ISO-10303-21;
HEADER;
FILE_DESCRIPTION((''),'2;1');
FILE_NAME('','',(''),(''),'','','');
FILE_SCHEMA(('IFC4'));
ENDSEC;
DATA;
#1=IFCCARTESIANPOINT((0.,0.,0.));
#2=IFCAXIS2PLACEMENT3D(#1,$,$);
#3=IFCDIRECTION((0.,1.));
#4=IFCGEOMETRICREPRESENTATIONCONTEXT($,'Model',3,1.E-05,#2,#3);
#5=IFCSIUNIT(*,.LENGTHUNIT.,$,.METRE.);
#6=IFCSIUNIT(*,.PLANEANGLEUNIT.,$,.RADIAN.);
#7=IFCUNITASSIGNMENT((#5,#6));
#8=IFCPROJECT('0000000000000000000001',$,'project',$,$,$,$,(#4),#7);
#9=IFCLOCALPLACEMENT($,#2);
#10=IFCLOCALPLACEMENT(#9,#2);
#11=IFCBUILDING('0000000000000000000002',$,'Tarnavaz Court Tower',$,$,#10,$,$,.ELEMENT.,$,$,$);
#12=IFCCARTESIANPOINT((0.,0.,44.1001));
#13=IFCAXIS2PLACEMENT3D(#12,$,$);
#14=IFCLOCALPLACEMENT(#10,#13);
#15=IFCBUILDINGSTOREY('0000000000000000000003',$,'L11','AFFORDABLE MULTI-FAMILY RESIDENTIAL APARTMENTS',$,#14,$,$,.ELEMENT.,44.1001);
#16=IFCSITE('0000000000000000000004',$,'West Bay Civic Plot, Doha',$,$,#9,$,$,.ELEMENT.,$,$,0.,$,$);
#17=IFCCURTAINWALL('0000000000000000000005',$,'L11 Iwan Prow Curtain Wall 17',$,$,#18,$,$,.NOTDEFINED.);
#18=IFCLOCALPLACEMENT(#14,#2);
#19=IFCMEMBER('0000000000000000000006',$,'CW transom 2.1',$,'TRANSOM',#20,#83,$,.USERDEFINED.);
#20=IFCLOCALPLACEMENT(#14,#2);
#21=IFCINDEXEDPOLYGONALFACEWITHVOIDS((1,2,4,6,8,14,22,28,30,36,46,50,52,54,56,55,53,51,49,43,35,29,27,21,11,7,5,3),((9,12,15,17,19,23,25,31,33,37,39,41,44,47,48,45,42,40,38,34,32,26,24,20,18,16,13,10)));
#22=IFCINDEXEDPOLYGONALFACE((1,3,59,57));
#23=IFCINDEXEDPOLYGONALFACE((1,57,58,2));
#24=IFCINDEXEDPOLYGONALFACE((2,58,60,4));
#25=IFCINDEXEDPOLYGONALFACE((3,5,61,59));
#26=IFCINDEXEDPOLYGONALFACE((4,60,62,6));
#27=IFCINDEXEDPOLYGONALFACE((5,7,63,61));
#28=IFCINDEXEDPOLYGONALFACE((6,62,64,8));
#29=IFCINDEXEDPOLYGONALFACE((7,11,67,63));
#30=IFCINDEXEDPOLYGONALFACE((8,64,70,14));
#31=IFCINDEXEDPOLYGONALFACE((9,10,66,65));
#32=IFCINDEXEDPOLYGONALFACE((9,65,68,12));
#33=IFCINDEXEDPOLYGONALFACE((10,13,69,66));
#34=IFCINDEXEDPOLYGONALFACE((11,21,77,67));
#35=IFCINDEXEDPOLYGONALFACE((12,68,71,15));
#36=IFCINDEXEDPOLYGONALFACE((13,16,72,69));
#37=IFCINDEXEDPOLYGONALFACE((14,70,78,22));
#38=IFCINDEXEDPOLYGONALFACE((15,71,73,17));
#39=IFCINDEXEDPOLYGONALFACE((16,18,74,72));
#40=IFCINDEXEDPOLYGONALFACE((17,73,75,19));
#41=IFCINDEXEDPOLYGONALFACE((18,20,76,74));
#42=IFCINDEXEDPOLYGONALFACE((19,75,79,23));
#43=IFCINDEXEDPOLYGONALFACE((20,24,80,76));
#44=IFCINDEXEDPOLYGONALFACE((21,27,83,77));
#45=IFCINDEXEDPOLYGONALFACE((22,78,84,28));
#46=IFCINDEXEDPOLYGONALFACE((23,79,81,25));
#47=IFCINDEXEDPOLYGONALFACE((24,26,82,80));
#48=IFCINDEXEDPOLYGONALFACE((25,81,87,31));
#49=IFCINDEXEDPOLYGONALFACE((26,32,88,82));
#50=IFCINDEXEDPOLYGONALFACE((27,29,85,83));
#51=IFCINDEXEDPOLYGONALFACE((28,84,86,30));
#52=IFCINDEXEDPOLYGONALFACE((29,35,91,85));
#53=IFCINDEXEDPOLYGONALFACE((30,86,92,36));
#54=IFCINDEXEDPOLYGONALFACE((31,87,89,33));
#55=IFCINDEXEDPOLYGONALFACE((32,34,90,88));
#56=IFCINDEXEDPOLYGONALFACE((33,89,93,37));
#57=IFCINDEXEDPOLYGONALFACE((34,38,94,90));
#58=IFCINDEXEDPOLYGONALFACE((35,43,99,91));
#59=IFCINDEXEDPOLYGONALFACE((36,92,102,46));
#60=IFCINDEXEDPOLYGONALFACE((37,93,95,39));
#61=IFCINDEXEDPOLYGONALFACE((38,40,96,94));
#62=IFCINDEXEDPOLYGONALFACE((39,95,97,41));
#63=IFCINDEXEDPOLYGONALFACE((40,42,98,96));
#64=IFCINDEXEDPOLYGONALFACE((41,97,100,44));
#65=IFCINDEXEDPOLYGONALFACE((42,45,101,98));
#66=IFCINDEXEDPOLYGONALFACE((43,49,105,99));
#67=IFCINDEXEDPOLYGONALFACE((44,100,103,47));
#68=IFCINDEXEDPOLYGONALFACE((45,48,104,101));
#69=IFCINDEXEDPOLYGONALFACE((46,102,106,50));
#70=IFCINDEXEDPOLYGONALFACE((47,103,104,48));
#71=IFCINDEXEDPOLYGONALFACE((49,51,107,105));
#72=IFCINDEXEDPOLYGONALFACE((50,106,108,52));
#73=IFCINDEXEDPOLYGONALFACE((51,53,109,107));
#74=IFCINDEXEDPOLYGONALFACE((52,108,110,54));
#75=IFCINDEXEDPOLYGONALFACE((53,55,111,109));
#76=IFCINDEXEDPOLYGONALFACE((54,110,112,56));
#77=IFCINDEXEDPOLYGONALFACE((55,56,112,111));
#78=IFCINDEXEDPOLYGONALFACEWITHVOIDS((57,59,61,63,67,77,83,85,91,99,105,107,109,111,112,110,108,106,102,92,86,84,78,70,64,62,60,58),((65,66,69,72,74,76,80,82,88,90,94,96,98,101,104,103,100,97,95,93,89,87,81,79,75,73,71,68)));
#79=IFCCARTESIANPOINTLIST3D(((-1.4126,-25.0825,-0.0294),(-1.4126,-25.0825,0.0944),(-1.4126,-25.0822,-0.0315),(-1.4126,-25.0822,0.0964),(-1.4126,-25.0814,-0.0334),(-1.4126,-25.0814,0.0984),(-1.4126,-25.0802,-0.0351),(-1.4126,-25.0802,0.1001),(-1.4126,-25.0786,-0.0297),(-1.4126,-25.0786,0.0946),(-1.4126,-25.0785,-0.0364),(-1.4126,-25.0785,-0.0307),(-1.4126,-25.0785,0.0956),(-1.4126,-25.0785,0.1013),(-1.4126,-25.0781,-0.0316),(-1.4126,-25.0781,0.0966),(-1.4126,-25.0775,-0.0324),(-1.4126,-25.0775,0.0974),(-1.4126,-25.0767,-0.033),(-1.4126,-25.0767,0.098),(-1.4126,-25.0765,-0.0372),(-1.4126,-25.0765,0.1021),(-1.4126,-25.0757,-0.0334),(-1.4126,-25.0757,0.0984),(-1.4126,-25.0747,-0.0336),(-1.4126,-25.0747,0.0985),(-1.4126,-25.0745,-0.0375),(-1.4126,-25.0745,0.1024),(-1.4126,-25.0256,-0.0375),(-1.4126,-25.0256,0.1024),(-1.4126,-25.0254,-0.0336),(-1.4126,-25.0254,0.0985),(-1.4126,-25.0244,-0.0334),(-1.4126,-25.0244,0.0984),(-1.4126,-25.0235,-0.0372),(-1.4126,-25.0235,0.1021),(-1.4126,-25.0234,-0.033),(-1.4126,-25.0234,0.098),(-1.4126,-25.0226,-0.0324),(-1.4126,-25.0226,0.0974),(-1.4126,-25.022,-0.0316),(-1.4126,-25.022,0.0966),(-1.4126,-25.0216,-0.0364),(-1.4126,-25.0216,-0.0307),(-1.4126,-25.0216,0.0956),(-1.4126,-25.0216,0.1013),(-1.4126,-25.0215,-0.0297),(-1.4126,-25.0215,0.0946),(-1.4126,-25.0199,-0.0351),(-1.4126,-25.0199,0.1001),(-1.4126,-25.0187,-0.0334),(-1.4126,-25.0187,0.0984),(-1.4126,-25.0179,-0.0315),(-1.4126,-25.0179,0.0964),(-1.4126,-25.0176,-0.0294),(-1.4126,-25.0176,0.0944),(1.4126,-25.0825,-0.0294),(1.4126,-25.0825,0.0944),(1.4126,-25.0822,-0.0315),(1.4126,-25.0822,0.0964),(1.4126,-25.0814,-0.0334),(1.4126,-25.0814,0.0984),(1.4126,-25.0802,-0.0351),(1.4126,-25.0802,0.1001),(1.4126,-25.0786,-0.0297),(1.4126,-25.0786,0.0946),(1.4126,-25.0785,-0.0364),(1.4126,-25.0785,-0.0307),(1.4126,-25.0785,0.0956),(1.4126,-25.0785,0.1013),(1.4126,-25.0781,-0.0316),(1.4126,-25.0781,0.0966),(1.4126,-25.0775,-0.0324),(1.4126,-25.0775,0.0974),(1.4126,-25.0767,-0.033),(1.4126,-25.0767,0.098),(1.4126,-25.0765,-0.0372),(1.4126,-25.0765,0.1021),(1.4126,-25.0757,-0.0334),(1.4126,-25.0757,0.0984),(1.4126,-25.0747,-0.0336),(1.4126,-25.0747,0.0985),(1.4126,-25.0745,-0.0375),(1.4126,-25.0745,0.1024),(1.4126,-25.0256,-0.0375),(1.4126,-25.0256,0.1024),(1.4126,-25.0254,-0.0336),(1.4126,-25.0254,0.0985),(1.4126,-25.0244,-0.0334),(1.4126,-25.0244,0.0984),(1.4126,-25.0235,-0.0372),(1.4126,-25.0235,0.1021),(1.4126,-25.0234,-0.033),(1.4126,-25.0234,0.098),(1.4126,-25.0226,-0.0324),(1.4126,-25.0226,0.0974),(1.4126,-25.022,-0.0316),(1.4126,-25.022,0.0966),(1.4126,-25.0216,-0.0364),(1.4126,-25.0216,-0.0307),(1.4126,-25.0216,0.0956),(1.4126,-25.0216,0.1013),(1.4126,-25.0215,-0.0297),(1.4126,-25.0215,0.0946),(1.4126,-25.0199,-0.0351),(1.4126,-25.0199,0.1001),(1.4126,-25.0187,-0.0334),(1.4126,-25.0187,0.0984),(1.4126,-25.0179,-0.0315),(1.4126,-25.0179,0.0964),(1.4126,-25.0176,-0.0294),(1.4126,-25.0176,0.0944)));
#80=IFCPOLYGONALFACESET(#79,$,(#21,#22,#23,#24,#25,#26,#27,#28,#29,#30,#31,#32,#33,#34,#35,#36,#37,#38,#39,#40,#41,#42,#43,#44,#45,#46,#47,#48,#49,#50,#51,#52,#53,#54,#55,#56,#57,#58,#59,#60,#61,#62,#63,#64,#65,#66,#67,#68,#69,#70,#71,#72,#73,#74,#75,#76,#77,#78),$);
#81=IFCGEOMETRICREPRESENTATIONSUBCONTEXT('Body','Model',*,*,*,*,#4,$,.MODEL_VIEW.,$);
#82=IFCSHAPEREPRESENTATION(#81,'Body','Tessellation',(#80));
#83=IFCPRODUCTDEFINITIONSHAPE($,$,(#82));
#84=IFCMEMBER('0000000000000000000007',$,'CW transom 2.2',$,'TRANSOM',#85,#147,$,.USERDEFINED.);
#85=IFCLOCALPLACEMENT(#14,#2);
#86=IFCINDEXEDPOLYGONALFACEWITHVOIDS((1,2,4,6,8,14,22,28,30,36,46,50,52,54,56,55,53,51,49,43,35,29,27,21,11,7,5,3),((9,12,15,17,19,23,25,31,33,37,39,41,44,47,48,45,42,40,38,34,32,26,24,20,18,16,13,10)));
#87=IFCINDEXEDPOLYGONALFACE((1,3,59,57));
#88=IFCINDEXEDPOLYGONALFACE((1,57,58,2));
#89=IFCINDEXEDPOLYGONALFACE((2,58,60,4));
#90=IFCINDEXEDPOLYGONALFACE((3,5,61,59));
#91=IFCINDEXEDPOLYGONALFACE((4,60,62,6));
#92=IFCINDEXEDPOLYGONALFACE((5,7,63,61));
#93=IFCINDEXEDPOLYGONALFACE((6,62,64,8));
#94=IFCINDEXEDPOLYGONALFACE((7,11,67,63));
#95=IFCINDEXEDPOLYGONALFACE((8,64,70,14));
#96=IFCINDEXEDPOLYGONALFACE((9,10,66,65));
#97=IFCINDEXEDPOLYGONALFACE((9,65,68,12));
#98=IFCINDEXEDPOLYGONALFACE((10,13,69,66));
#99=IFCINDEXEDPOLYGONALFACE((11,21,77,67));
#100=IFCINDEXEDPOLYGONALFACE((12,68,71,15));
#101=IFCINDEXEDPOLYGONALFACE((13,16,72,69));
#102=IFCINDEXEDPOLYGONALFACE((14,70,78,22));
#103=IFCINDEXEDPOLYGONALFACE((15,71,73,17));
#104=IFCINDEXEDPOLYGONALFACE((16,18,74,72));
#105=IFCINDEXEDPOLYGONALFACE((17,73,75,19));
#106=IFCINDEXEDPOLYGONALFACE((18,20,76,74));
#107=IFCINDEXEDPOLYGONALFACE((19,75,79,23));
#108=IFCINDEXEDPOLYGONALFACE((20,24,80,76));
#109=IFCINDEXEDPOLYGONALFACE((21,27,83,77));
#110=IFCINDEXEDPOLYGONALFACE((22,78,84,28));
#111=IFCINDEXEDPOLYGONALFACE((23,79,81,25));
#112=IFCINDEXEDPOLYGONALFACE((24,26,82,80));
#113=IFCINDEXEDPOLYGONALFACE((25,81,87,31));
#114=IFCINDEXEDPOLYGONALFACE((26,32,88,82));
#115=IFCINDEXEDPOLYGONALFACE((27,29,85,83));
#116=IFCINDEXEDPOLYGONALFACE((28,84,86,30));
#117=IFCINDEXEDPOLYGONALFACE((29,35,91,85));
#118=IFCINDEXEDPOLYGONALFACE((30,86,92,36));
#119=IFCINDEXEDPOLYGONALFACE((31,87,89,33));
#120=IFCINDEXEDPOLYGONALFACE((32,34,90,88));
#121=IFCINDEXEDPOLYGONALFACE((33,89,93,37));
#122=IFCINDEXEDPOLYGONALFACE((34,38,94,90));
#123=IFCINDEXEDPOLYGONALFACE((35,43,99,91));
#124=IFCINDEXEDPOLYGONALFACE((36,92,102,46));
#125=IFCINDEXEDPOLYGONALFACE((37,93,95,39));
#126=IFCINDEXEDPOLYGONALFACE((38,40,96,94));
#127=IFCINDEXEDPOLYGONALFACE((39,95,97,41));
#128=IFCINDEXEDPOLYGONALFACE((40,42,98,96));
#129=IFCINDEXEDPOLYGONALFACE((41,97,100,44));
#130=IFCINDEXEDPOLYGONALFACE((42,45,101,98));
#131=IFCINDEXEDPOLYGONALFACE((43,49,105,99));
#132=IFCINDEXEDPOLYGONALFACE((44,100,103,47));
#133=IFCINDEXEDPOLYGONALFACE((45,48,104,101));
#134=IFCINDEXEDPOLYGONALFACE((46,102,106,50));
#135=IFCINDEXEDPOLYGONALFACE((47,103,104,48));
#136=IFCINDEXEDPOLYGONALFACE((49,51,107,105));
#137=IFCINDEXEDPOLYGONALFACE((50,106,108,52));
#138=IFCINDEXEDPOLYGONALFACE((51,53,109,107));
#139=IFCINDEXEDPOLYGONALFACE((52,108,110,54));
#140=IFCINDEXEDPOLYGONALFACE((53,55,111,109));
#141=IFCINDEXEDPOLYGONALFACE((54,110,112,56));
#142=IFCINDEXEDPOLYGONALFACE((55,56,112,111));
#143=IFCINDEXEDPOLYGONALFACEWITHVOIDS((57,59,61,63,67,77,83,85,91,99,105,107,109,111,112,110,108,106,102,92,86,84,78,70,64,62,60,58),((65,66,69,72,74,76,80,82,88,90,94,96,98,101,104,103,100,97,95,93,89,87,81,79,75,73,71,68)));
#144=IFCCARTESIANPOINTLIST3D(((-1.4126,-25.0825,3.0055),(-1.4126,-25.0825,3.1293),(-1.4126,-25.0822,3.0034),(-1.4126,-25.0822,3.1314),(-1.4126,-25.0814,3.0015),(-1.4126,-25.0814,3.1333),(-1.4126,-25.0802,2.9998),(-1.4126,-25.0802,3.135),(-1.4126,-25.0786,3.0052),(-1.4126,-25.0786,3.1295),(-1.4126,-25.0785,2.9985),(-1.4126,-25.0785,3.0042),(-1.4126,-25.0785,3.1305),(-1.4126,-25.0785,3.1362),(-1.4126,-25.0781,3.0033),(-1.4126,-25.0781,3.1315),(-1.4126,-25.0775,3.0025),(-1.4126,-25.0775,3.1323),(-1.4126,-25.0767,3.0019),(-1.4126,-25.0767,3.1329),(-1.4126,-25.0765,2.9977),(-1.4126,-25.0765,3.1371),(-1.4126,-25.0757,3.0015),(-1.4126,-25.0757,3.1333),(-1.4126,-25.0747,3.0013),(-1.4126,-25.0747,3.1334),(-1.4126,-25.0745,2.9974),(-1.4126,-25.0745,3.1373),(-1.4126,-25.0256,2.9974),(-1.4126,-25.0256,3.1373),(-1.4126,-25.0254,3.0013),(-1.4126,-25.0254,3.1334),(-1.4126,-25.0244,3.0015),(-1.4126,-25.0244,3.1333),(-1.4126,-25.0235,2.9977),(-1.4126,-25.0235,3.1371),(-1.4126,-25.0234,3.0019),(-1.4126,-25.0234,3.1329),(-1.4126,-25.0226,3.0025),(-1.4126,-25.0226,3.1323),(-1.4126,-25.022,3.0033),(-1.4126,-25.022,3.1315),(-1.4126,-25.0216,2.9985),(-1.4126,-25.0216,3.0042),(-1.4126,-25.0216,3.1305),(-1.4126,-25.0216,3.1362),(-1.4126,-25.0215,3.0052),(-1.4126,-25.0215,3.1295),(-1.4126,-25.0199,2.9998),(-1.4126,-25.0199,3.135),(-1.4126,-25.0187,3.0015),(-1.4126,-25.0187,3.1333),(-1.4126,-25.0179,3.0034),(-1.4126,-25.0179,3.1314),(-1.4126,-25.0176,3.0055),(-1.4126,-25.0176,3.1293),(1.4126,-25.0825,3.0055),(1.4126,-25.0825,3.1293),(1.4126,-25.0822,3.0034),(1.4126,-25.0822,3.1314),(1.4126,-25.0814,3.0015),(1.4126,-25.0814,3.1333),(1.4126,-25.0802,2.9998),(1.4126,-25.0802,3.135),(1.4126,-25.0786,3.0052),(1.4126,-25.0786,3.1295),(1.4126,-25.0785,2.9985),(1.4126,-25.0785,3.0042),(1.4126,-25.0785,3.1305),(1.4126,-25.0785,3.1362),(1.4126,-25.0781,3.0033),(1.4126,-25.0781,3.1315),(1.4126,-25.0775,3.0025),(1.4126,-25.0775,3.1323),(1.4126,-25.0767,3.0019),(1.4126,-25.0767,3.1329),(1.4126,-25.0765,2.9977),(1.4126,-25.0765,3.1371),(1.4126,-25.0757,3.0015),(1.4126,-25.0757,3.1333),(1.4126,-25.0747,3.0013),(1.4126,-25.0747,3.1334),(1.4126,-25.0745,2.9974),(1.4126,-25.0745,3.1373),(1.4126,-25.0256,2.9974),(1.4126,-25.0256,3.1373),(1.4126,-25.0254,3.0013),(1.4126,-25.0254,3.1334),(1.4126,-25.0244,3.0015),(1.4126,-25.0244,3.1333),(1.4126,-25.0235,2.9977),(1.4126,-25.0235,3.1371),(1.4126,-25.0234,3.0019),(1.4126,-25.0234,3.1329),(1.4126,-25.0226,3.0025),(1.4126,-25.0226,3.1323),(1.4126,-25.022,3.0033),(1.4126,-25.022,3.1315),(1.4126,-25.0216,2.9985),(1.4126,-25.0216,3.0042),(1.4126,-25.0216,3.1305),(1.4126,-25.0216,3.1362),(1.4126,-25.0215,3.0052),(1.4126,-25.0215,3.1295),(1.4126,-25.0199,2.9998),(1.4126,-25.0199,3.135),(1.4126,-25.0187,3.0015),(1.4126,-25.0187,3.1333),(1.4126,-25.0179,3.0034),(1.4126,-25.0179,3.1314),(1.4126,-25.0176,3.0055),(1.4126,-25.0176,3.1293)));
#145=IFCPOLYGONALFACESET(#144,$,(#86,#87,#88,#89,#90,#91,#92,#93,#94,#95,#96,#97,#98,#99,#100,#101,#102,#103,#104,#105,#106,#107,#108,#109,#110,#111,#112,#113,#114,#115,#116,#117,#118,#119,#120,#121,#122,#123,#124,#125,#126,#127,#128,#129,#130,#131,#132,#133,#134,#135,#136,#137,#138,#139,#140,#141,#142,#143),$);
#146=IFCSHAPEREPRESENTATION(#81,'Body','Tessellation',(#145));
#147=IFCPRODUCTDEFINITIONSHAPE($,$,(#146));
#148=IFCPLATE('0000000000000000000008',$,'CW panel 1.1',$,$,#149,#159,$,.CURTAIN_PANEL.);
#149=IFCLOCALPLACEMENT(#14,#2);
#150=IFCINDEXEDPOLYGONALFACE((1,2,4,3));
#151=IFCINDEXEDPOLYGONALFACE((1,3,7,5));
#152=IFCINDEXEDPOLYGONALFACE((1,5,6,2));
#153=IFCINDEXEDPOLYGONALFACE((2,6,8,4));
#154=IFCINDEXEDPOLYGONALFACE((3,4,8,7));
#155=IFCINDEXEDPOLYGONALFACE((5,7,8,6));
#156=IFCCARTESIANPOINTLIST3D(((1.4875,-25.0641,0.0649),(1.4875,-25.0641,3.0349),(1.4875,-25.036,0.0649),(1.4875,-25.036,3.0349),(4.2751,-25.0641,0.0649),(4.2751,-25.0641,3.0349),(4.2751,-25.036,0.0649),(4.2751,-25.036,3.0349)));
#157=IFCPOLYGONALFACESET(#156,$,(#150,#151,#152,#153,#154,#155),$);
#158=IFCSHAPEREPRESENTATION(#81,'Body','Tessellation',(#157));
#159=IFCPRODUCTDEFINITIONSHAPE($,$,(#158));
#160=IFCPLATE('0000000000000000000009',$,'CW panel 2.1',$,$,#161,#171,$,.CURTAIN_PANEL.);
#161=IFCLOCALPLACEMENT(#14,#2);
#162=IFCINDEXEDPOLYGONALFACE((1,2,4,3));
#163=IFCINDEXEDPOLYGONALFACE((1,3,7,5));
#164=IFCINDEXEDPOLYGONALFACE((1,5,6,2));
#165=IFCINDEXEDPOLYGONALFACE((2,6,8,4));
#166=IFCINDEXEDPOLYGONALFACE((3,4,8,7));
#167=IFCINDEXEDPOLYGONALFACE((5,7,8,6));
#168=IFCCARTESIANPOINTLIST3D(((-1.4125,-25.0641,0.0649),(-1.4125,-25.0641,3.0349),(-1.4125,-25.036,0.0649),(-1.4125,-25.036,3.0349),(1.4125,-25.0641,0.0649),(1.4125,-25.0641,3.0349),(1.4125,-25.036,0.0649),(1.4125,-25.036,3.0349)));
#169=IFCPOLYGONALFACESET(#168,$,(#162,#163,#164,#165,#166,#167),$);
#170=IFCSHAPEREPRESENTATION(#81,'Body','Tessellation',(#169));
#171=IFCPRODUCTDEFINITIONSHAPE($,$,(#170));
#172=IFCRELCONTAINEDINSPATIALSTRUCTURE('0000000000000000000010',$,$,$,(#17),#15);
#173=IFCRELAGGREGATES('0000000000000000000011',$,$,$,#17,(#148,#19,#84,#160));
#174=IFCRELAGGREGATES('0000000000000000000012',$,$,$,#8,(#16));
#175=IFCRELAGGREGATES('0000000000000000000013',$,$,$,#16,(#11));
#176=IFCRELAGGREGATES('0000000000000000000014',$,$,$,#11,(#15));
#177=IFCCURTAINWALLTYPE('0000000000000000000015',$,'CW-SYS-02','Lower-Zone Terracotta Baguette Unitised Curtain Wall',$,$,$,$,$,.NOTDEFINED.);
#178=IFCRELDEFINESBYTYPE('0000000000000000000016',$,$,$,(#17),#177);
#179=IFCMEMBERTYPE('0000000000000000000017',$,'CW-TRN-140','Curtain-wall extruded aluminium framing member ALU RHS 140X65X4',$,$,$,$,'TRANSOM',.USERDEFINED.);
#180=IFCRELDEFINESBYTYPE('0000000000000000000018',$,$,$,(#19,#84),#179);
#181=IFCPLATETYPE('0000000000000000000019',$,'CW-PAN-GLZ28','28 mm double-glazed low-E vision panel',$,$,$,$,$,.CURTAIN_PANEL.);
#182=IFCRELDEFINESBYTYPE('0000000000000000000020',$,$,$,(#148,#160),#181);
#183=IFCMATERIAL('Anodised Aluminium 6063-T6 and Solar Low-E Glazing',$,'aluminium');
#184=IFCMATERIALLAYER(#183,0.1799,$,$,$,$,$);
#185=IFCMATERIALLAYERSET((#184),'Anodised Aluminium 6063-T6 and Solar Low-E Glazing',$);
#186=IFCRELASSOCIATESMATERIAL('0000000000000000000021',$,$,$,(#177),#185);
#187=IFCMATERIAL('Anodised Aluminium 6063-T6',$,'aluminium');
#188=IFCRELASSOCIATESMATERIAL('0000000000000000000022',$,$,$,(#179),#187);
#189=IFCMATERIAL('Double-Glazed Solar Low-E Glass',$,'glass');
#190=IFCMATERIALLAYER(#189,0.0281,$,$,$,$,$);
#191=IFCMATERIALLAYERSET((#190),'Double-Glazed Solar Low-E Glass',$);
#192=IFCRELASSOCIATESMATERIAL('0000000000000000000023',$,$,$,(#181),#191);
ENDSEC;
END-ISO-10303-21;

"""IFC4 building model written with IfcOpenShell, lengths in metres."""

from ifc_helpers import new_model, si_unit, direction, frame, origin, origin_2d, place, context, subcontext, project, spatial, rectangle, hollow_rectangle, extrude, material, layer, layer_set, material_profile, profile_set, type_object, element, aggregate, save


model = new_model("IFC4")

# Units and contexts
model_context = context("Model", 3, precision=1e-05, world=origin(), true_north=direction((0.0, 1.0)))
body_context = subcontext(model_context, "Body", "Model", "MODEL_VIEW")
ifc_project = project(units=[si_unit("LENGTHUNIT", "METRE"), si_unit("PLANEANGLEUNIT", "RADIAN")], contexts=[model_context])

# Site, building, storey
site_placement = place(None, origin())
site = spatial("IfcSite", under=ifc_project, at=site_placement, Name="West Bay Civic Plot, Doha", CompositionType="ELEMENT", RefElevation=0.0)
building_placement = place(site_placement, origin())
building = spatial("IfcBuilding", under=site, at=building_placement, Name="Tarnavaz Court Tower", CompositionType="ELEMENT")
storey_placement = place(building_placement, frame((0.0, 0.0, 44.1001)))
storey = spatial("IfcBuildingStorey", under=building, at=storey_placement, Name="L11", Description="AFFORDABLE MULTI-FAMILY RESIDENTIAL APARTMENTS", CompositionType="ELEMENT", Elevation=44.1001)

# Curtain wall, members, plates
ifc_material_1 = material(Name="Anodised Aluminium 6063-T6 and Solar Low-E Glazing", Category="aluminium")
ifc_layer_1 = layer(ifc_material_1, 0.1799)
ifc_layer_set_1 = layer_set([ifc_layer_1], Name="Anodised Aluminium 6063-T6 and Solar Low-E Glazing")
curtain_wall_type = type_object("IfcCurtainWallType", Name="CW-SYS-02", Description="Lower-Zone Terracotta Baguette Unitised Curtain Wall", PredefinedType="NOTDEFINED", material=ifc_layer_set_1)
curtain_wall_placement = place(storey_placement, origin())
curtain_wall = element("IfcCurtainWall", 1, at=curtain_wall_placement, inside=storey, type_object=curtain_wall_type, Name="L11 Iwan Prow Curtain Wall 17", PredefinedType="NOTDEFINED")
ifc_material_2 = material(Name="Anodised Aluminium 6063-T6", Category="aluminium")
ifc_material_profile_1 = material_profile(ifc_material_2, hollow_rectangle(XDim=0.0649, YDim=0.1399, WallThickness=0.0039, InnerFilletRadius=0.0039, OuterFilletRadius=0.0081, at=origin_2d()), Name="ALU RHS 140X65X4")
ifc_profile_set_1 = profile_set([ifc_material_profile_1], Name="Anodised Aluminium 6063-T6")
member_type_1 = type_object("IfcMemberType", Name="CW-TRN-140", Description="Curtain-wall extruded aluminium framing member ALU RHS 140X65X4", ElementType="TRANSOM", PredefinedType="USERDEFINED", material=ifc_profile_set_1)
member_1_placement = place(storey_placement, frame((1.4126, -25.05, 0.0325), z_axis=(-1.0, 0.0, 0.0), x_axis=(0.0, -1.0, 0.0)))
member_1 = element("IfcMember", 2, at=member_1_placement, type_object=member_type_1, Name="CW transom 2.1", ObjectType="TRANSOM", PredefinedType="USERDEFINED", context=body_context, shape_type="SweptSolid", body=[
    extrude(hollow_rectangle(XDim=0.0649, YDim=0.1399, WallThickness=0.0039, InnerFilletRadius=0.0039, OuterFilletRadius=0.0081, at=origin_2d()), origin(), (0.0, 0.0, 1.0), 2.8252),
])
member_2_placement = place(storey_placement, frame((1.4126, -25.05, 3.0674), z_axis=(-1.0, 0.0, 0.0), x_axis=(0.0, -1.0, 0.0)))
member_2 = element("IfcMember", 3, at=member_2_placement, type_object=member_type_1, Name="CW transom 2.2", ObjectType="TRANSOM", PredefinedType="USERDEFINED", context=body_context, shape_type="SweptSolid", body=[
    extrude(hollow_rectangle(XDim=0.0649, YDim=0.1399, WallThickness=0.0039, InnerFilletRadius=0.0039, OuterFilletRadius=0.0081, at=origin_2d()), origin(), (0.0, 0.0, 1.0), 2.8252),
])
ifc_material_3 = material(Name="Double-Glazed Solar Low-E Glass", Category="glass")
ifc_layer_2 = layer(ifc_material_3, 0.0281)
ifc_layer_set_2 = layer_set([ifc_layer_2], Name="Double-Glazed Solar Low-E Glass")
plate_type = type_object("IfcPlateType", Name="CW-PAN-GLZ28", Description="28 mm double-glazed low-E vision panel", PredefinedType="CURTAIN_PANEL", material=ifc_layer_set_2)
plate_1_placement = place(storey_placement, frame((2.8813, -25.05, 0.0649), z_axis=(0.0, 0.0, 1.0), x_axis=(-1.0, 0.0, 0.0)))
plate_1 = element("IfcPlate", 4, at=plate_1_placement, type_object=plate_type, Name="CW panel 1.1", PredefinedType="CURTAIN_PANEL", context=body_context, shape_type="SweptSolid", body=[
    extrude(rectangle(XDim=2.7876, YDim=0.0281, at=origin_2d()), origin(), (0.0, 0.0, 1.0), 2.97),
])
plate_2_placement = place(storey_placement, frame((0.0, -25.05, 0.0649), z_axis=(0.0, 0.0, 1.0), x_axis=(-1.0, 0.0, 0.0)))
plate_2 = element("IfcPlate", 5, at=plate_2_placement, type_object=plate_type, Name="CW panel 2.1", PredefinedType="CURTAIN_PANEL", context=body_context, shape_type="SweptSolid", body=[
    extrude(rectangle(XDim=2.825, YDim=0.0281, at=origin_2d()), origin(), (0.0, 0.0, 1.0), 2.97),
])
aggregate(curtain_wall, [plate_1, member_1, member_2, plate_2])

save(model, "model.ifc")
